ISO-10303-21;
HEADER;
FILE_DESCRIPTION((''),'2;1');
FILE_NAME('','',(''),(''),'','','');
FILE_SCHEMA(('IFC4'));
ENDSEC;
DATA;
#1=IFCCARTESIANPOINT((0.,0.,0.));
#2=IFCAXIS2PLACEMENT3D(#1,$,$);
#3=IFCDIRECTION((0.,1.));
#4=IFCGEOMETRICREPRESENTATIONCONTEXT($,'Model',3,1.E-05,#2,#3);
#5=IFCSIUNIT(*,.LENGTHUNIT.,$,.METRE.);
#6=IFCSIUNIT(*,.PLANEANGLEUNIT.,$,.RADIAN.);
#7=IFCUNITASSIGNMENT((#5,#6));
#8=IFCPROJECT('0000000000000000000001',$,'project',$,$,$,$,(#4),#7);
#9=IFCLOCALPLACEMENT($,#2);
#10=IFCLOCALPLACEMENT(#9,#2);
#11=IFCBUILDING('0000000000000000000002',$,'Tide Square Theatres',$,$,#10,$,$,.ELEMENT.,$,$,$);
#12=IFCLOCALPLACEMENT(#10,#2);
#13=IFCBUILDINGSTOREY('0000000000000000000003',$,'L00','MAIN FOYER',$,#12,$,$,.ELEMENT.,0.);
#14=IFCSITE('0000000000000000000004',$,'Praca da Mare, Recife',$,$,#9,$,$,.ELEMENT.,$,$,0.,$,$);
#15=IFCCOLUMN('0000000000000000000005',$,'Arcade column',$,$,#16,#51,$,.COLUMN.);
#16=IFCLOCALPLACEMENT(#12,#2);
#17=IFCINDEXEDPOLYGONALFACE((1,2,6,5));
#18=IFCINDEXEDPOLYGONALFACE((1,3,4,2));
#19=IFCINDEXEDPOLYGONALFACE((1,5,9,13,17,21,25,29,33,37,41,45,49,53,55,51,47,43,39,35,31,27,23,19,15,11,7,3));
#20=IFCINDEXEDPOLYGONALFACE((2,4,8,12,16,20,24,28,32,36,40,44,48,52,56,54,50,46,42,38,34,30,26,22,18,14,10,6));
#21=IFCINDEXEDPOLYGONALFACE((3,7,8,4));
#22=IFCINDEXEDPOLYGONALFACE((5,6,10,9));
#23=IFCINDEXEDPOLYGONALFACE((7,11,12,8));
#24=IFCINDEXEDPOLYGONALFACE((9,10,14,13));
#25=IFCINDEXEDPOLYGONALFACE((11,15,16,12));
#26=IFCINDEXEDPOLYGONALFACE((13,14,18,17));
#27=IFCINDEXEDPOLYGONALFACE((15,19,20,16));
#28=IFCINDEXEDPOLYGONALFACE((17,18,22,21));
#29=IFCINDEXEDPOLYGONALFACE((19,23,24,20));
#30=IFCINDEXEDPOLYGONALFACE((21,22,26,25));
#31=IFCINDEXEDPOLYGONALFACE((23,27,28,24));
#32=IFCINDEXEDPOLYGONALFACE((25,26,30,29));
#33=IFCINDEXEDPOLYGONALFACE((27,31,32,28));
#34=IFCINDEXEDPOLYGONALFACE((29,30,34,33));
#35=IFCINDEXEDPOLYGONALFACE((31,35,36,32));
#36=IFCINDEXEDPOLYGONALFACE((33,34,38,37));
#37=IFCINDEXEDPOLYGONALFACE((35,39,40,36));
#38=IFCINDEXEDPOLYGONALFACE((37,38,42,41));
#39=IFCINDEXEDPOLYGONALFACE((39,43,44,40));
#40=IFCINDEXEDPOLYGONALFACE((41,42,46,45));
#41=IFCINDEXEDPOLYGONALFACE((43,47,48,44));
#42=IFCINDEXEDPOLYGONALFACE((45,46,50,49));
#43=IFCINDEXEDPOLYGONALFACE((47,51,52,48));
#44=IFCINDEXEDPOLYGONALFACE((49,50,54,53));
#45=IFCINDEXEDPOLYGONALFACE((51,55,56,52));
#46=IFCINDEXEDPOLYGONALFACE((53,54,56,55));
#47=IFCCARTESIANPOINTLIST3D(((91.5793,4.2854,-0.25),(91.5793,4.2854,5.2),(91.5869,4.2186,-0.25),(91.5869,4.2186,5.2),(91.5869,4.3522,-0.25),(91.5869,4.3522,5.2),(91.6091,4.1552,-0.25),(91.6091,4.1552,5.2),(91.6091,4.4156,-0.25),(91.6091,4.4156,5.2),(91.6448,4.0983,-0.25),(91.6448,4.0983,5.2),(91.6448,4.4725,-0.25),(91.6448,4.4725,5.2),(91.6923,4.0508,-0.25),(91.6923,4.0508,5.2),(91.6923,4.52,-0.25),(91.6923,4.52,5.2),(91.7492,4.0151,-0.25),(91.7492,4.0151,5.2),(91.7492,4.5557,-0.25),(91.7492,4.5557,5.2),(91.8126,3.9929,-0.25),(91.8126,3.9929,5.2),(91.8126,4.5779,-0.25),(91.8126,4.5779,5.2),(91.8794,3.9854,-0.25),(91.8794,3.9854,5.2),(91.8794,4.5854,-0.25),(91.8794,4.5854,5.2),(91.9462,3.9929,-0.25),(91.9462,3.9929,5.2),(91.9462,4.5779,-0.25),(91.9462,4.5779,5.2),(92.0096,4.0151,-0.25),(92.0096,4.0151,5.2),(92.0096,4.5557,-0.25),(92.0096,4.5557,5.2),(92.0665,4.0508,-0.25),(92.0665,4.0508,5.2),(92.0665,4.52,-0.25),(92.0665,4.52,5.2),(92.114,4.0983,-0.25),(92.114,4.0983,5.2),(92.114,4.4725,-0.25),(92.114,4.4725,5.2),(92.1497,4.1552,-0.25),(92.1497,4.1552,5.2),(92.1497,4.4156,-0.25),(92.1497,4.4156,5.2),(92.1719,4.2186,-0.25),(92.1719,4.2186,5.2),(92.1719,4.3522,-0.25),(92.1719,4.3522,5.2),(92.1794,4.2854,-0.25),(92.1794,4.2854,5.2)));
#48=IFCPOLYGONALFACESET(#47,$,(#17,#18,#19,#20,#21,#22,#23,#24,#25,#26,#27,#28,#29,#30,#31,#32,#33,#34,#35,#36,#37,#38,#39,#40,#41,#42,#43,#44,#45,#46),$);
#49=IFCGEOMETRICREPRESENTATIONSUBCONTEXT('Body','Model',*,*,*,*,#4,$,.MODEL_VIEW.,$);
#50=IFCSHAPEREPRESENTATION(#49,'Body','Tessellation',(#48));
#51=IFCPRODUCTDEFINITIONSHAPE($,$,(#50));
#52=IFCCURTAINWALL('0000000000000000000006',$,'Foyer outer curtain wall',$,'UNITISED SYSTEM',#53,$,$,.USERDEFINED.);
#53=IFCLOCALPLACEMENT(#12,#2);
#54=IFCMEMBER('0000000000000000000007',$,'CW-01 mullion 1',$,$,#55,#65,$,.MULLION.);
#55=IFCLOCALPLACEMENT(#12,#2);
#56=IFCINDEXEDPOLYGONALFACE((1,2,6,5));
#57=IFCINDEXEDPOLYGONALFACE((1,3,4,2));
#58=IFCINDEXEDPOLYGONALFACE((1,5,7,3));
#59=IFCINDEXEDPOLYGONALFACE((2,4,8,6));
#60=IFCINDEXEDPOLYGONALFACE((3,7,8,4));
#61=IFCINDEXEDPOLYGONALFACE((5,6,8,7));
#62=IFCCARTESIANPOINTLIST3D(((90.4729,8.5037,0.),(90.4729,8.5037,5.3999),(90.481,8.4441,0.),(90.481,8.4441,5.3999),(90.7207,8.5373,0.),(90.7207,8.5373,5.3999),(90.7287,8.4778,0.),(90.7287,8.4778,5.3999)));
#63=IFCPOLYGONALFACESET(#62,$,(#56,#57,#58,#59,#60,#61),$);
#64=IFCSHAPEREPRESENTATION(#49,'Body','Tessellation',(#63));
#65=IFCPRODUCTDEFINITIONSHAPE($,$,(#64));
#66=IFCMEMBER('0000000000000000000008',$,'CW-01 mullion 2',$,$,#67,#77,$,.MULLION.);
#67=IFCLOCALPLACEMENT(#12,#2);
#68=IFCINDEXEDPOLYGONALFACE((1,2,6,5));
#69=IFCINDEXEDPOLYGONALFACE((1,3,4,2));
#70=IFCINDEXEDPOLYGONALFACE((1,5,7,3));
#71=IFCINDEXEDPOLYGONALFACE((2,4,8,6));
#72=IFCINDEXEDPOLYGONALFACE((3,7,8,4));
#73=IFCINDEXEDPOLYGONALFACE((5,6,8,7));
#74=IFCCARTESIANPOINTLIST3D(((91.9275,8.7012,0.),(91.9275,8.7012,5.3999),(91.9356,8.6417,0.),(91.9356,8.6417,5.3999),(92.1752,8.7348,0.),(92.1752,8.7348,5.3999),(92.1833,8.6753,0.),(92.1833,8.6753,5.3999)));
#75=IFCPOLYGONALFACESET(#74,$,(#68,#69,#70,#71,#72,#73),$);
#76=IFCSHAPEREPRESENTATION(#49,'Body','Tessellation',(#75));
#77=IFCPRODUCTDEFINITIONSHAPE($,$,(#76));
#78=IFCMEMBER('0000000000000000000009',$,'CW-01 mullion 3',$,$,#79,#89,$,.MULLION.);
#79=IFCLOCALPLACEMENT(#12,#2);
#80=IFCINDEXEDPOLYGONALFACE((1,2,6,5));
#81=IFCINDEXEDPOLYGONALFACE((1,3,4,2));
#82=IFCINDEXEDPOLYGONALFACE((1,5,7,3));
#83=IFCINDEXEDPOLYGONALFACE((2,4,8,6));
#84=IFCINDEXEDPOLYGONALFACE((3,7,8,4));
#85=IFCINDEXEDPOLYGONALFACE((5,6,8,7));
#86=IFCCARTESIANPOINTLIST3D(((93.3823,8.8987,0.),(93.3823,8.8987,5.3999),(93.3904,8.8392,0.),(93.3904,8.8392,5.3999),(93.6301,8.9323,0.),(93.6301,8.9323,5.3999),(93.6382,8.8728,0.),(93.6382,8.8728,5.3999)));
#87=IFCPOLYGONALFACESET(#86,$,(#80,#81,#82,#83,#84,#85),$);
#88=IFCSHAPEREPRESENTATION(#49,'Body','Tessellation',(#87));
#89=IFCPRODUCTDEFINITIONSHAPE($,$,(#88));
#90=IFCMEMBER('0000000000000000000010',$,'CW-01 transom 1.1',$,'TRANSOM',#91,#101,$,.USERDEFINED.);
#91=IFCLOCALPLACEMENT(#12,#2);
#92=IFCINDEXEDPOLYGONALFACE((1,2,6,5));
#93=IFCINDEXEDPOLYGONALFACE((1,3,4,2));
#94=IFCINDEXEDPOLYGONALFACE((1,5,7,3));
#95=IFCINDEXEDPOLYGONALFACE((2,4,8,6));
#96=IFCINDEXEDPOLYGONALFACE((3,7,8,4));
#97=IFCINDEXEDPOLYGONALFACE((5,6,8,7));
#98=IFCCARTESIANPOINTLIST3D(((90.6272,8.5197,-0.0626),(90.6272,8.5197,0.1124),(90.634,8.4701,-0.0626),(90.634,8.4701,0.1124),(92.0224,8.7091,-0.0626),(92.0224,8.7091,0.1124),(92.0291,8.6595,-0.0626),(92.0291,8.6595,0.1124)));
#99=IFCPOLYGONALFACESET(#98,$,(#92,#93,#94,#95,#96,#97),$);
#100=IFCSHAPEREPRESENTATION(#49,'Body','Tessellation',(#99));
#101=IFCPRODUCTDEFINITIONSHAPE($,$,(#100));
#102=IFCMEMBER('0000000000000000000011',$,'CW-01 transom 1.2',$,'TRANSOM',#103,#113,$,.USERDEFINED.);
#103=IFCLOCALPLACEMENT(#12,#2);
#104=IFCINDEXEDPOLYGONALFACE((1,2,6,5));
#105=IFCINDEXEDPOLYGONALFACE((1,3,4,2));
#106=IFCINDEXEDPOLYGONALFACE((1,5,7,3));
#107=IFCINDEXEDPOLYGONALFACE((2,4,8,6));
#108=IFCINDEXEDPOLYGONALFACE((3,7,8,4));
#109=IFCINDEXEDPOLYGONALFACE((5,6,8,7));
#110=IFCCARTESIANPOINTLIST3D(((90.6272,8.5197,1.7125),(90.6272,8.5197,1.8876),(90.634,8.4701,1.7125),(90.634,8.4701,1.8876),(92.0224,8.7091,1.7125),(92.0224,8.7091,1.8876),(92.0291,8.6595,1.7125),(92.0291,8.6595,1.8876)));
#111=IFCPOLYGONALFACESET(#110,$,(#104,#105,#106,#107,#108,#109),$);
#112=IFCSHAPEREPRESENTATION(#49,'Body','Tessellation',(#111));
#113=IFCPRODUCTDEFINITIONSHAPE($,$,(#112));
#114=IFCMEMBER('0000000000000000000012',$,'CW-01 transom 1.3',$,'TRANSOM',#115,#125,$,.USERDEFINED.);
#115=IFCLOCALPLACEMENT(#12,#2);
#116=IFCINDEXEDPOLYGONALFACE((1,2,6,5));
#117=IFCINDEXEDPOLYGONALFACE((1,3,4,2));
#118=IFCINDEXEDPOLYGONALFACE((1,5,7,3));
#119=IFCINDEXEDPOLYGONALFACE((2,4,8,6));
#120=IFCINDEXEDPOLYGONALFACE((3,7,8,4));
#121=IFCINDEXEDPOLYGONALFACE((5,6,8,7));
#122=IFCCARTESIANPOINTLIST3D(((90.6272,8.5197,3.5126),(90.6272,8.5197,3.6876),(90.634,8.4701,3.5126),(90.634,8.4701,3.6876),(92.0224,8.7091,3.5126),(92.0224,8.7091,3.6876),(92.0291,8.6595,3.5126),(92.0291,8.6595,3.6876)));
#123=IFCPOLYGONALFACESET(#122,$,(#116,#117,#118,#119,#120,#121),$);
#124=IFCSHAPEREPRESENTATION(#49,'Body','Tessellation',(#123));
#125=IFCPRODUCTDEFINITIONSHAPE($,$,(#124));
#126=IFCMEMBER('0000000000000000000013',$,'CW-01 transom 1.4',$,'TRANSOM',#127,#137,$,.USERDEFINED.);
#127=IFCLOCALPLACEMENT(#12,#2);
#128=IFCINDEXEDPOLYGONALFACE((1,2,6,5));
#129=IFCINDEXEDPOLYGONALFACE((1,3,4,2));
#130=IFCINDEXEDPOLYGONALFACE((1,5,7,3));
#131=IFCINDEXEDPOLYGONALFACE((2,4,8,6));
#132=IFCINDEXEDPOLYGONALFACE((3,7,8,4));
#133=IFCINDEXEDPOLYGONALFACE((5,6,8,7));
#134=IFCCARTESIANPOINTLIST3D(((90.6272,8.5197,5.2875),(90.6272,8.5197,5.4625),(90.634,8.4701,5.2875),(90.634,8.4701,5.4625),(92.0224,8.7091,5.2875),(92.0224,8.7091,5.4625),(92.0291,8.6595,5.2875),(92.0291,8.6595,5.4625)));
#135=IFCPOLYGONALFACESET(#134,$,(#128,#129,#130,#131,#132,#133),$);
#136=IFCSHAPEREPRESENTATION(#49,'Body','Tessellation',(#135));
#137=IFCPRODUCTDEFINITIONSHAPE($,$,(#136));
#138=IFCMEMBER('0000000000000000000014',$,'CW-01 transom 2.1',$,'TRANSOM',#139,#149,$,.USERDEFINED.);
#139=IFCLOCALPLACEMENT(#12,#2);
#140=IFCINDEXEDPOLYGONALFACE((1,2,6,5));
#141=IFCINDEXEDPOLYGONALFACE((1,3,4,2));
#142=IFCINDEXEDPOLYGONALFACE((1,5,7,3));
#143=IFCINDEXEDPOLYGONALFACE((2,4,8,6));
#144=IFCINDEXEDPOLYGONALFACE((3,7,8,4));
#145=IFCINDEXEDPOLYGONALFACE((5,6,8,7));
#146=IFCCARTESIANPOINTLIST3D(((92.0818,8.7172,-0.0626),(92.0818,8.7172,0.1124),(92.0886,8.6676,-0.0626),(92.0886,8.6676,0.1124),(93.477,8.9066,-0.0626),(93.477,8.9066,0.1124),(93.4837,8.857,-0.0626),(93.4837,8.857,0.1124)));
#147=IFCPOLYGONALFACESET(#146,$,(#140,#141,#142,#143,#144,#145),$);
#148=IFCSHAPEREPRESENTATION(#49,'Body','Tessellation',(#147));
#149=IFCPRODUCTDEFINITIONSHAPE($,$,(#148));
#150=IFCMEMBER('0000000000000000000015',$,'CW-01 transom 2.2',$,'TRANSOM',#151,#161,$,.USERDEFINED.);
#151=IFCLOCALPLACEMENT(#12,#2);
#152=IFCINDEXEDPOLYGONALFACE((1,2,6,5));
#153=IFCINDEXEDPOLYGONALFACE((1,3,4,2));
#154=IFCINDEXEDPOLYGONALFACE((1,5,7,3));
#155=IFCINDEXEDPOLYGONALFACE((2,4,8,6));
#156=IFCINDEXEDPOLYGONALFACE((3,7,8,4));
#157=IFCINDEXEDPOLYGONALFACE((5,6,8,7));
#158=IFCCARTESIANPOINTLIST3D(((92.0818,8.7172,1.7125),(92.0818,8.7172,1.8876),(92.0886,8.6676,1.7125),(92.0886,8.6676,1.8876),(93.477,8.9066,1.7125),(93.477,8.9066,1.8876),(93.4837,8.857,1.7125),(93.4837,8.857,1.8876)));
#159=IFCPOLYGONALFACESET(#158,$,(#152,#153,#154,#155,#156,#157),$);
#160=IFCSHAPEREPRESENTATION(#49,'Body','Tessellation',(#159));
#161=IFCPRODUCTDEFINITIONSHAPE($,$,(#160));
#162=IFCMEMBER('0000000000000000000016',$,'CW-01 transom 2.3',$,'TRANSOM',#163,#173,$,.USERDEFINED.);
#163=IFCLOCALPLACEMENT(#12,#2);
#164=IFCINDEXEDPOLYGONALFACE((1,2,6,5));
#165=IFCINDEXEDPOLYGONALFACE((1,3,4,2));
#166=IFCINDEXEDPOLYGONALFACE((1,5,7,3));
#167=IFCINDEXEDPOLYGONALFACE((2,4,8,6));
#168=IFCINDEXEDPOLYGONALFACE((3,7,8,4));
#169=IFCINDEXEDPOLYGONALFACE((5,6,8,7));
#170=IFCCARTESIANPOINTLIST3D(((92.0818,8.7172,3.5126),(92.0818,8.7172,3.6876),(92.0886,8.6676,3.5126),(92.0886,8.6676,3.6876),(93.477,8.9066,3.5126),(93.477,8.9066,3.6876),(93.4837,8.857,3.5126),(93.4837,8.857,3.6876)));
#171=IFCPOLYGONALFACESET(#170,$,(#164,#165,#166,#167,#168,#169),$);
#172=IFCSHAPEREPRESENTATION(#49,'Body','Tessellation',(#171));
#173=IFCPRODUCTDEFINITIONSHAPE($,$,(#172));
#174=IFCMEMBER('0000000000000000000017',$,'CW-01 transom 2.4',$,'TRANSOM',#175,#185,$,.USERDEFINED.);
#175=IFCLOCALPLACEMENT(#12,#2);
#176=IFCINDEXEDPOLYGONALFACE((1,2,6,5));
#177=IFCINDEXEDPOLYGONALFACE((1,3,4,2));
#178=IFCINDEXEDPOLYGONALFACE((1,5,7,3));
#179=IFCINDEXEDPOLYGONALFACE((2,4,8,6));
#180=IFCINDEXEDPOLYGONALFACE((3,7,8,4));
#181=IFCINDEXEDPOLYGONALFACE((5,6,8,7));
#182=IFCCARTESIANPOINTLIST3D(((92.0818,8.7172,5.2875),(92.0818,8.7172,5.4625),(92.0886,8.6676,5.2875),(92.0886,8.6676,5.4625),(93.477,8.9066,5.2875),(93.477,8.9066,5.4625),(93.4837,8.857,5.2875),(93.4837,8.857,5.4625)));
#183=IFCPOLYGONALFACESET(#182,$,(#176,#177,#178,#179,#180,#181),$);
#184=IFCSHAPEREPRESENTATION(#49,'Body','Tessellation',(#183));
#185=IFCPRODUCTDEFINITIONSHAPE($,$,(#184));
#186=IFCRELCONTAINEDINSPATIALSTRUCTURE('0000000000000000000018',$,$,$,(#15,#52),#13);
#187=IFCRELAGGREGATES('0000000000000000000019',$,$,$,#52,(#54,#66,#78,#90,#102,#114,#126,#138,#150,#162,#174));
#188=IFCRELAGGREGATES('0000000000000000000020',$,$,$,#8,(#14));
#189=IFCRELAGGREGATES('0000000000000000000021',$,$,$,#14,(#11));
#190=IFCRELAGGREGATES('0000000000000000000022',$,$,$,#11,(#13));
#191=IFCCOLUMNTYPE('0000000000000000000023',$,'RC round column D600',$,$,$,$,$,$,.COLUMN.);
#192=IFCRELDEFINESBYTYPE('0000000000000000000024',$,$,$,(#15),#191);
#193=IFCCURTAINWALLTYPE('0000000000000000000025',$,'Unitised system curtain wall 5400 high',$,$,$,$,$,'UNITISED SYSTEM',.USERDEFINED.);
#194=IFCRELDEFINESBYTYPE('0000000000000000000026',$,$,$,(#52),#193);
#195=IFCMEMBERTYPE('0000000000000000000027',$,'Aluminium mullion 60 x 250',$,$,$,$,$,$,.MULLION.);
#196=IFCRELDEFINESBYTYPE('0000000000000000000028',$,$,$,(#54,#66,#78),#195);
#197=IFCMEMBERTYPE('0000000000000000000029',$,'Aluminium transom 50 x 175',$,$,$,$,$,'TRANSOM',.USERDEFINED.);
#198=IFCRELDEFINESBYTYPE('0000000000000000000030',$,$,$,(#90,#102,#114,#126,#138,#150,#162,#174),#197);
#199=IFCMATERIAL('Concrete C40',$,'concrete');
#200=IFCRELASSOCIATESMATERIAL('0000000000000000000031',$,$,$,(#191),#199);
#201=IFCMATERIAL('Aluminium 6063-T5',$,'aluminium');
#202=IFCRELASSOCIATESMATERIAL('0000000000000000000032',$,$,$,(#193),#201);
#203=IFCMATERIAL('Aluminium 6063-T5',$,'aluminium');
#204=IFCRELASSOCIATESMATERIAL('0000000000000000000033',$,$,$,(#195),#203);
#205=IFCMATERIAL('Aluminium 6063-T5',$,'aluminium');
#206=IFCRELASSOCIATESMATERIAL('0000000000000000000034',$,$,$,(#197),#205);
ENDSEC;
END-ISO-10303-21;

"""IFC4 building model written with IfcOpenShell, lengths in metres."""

from ifc_helpers import new_model, si_unit, direction, frame, origin, origin_2d, place, context, subcontext, project, spatial, rectangle, circle, extrude, material, material_profile, profile_set, type_object, element, aggregate, save


model = new_model("IFC4")

# Units and contexts
model_context = context("Model", 3, precision=1e-05, world=origin(), true_north=direction((0.0, 1.0)))
body_context = subcontext(model_context, "Body", "Model", "MODEL_VIEW")
ifc_project = project(units=[si_unit("LENGTHUNIT", "METRE"), si_unit("PLANEANGLEUNIT", "RADIAN")], contexts=[model_context])

# Site, building, storey
site_placement = place(None, origin())
site = spatial("IfcSite", under=ifc_project, at=site_placement, Name="Praca da Mare, Recife", CompositionType="ELEMENT", RefElevation=0.0)
building_placement = place(site_placement, origin())
building = spatial("IfcBuilding", under=site, at=building_placement, Name="Tide Square Theatres", CompositionType="ELEMENT")
storey_placement = place(building_placement, origin())
storey = spatial("IfcBuildingStorey", under=building, at=storey_placement, Name="L00", Description="MAIN FOYER", CompositionType="ELEMENT", Elevation=0.0)

# Column
ifc_material_1 = material(Name="Concrete C40", Category="concrete")
ifc_material_profile_1 = material_profile(ifc_material_1, circle(Radius=0.3, at=origin_2d()))
ifc_profile_set_1 = profile_set([ifc_material_profile_1], Name="Concrete C40")
column_type_1 = type_object("IfcColumnType", Name="RC round column D600", PredefinedType="COLUMN", material=ifc_profile_set_1)
column_placement = place(storey_placement, frame((91.8794, 4.2854, -0.25), z_axis=(0.0, 0.0, 1.0), x_axis=(1.0, 0.0, 0.0)))
element("IfcColumn", 1, at=column_placement, inside=storey, type_object=column_type_1, Name="Arcade column", PredefinedType="COLUMN", context=body_context, shape_type="SweptSolid", body=[
    extrude(circle(Radius=0.3, at=origin_2d()), origin(), (0.0, 0.0, 1.0), 5.45),
])

# Curtain wall, members
ifc_material_2 = material(Name="Aluminium 6063-T5", Category="aluminium")
curtain_wall_type = type_object("IfcCurtainWallType", Name="Unitised system curtain wall 5400 high", ElementType="UNITISED SYSTEM", PredefinedType="USERDEFINED", material=ifc_material_2)
curtain_wall_placement = place(storey_placement, origin())
curtain_wall = element("IfcCurtainWall", 2, at=curtain_wall_placement, inside=storey, type_object=curtain_wall_type, Name="Foyer outer curtain wall", ObjectType="UNITISED SYSTEM", PredefinedType="USERDEFINED")
ifc_material_3 = material(Name="Aluminium 6063-T5", Category="aluminium")
ifc_material_profile_2 = material_profile(ifc_material_3, rectangle(XDim=0.0601, YDim=0.25, at=origin_2d()))
ifc_profile_set_2 = profile_set([ifc_material_profile_2], Name="Aluminium 6063-T5")
member_type_1 = type_object("IfcMemberType", Name="Aluminium mullion 60 x 250", PredefinedType="MULLION", material=ifc_profile_set_2)
member_1_placement = place(storey_placement, frame((90.6008, 8.4907, 0.0), z_axis=(0.0, 0.0, 1.0), x_axis=(-0.134577, 0.990903, 0.0)))
member_1 = element("IfcMember", 3, at=member_1_placement, type_object=member_type_1, Name="CW-01 mullion 1", PredefinedType="MULLION", context=body_context, shape_type="SweptSolid", body=[
    extrude(rectangle(XDim=0.0601, YDim=0.25, at=origin_2d()), origin(), (0.0, 0.0, 1.0), 5.3999),
])
member_2_placement = place(storey_placement, frame((92.0554, 8.6882, 0.0), z_axis=(0.0, 0.0, 1.0), x_axis=(-0.134577, 0.990903, 0.0)))
member_2 = element("IfcMember", 4, at=member_2_placement, type_object=member_type_1, Name="CW-01 mullion 2", PredefinedType="MULLION", context=body_context, shape_type="SweptSolid", body=[
    extrude(rectangle(XDim=0.0601, YDim=0.25, at=origin_2d()), origin(), (0.0, 0.0, 1.0), 5.3999),
])
member_3_placement = place(storey_placement, frame((93.5103, 8.8857, 0.0), z_axis=(0.0, 0.0, 1.0), x_axis=(-0.134577, 0.990903, 0.0)))
member_3 = element("IfcMember", 5, at=member_3_placement, type_object=member_type_1, Name="CW-01 mullion 3", PredefinedType="MULLION", context=body_context, shape_type="SweptSolid", body=[
    extrude(rectangle(XDim=0.0601, YDim=0.25, at=origin_2d()), origin(), (0.0, 0.0, 1.0), 5.3999),
])
ifc_material_4 = material(Name="Aluminium 6063-T5", Category="aluminium")
ifc_material_profile_3 = material_profile(ifc_material_4, rectangle(XDim=0.05, YDim=0.175, at=origin_2d()))
ifc_profile_set_3 = profile_set([ifc_material_profile_3], Name="Aluminium 6063-T5")
member_type_2 = type_object("IfcMemberType", Name="Aluminium transom 50 x 175", ElementType="TRANSOM", PredefinedType="USERDEFINED", material=ifc_profile_set_3)
member_4_placement = place(storey_placement, frame((90.6306, 8.4949, 0.0249), z_axis=(0.990907, 0.134548, 0.0), x_axis=(-0.134548, 0.990907, 0.0)))
member_4 = element("IfcMember", 6, at=member_4_placement, type_object=member_type_2, Name="CW-01 transom 1.1", ObjectType="TRANSOM", PredefinedType="USERDEFINED", context=body_context, shape_type="SweptSolid", body=[
    extrude(rectangle(XDim=0.05, YDim=0.175, at=origin_2d()), origin(), (0.0, 0.0, 1.0), 1.408),
])
member_5_placement = place(storey_placement, frame((90.6306, 8.4949, 1.8), z_axis=(0.990907, 0.134548, 0.0), x_axis=(-0.134548, 0.990907, 0.0)))
member_5 = element("IfcMember", 7, at=member_5_placement, type_object=member_type_2, Name="CW-01 transom 1.2", ObjectType="TRANSOM", PredefinedType="USERDEFINED", context=body_context, shape_type="SweptSolid", body=[
    extrude(rectangle(XDim=0.05, YDim=0.175, at=origin_2d()), origin(), (0.0, 0.0, 1.0), 1.408),
])
member_6_placement = place(storey_placement, frame((90.6306, 8.4949, 3.6001), z_axis=(0.990907, 0.134548, 0.0), x_axis=(-0.134548, 0.990907, 0.0)))
member_6 = element("IfcMember", 8, at=member_6_placement, type_object=member_type_2, Name="CW-01 transom 1.3", ObjectType="TRANSOM", PredefinedType="USERDEFINED", context=body_context, shape_type="SweptSolid", body=[
    extrude(rectangle(XDim=0.05, YDim=0.175, at=origin_2d()), origin(), (0.0, 0.0, 1.0), 1.408),
])
member_7_placement = place(storey_placement, frame((90.6306, 8.4949, 5.375), z_axis=(0.990907, 0.134548, 0.0), x_axis=(-0.134548, 0.990907, 0.0)))
member_7 = element("IfcMember", 9, at=member_7_placement, type_object=member_type_2, Name="CW-01 transom 1.4", ObjectType="TRANSOM", PredefinedType="USERDEFINED", context=body_context, shape_type="SweptSolid", body=[
    extrude(rectangle(XDim=0.05, YDim=0.175, at=origin_2d()), origin(), (0.0, 0.0, 1.0), 1.408),
])
member_8_placement = place(storey_placement, frame((92.0852, 8.6924, 0.0249), z_axis=(0.990907, 0.134548, 0.0), x_axis=(-0.134548, 0.990907, 0.0)))
member_8 = element("IfcMember", 10, at=member_8_placement, type_object=member_type_2, Name="CW-01 transom 2.1", ObjectType="TRANSOM", PredefinedType="USERDEFINED", context=body_context, shape_type="SweptSolid", body=[
    extrude(rectangle(XDim=0.05, YDim=0.175, at=origin_2d()), origin(), (0.0, 0.0, 1.0), 1.408),
])
member_9_placement = place(storey_placement, frame((92.0852, 8.6924, 1.8), z_axis=(0.990907, 0.134548, 0.0), x_axis=(-0.134548, 0.990907, 0.0)))
member_9 = element("IfcMember", 11, at=member_9_placement, type_object=member_type_2, Name="CW-01 transom 2.2", ObjectType="TRANSOM", PredefinedType="USERDEFINED", context=body_context, shape_type="SweptSolid", body=[
    extrude(rectangle(XDim=0.05, YDim=0.175, at=origin_2d()), origin(), (0.0, 0.0, 1.0), 1.408),
])
member_10_placement = place(storey_placement, frame((92.0852, 8.6924, 3.6001), z_axis=(0.990907, 0.134548, 0.0), x_axis=(-0.134548, 0.990907, 0.0)))
member_10 = element("IfcMember", 12, at=member_10_placement, type_object=member_type_2, Name="CW-01 transom 2.3", ObjectType="TRANSOM", PredefinedType="USERDEFINED", context=body_context, shape_type="SweptSolid", body=[
    extrude(rectangle(XDim=0.05, YDim=0.175, at=origin_2d()), origin(), (0.0, 0.0, 1.0), 1.408),
])
member_11_placement = place(storey_placement, frame((92.0852, 8.6924, 5.375), z_axis=(0.990907, 0.134548, 0.0), x_axis=(-0.134548, 0.990907, 0.0)))
member_11 = element("IfcMember", 13, at=member_11_placement, type_object=member_type_2, Name="CW-01 transom 2.4", ObjectType="TRANSOM", PredefinedType="USERDEFINED", context=body_context, shape_type="SweptSolid", body=[
    extrude(rectangle(XDim=0.05, YDim=0.175, at=origin_2d()), origin(), (0.0, 0.0, 1.0), 1.408),
])
aggregate(curtain_wall, [member_1, member_2, member_3, member_4, member_5, member_6, member_7, member_8, member_9, member_10, member_11])

save(model, "model.ifc")
